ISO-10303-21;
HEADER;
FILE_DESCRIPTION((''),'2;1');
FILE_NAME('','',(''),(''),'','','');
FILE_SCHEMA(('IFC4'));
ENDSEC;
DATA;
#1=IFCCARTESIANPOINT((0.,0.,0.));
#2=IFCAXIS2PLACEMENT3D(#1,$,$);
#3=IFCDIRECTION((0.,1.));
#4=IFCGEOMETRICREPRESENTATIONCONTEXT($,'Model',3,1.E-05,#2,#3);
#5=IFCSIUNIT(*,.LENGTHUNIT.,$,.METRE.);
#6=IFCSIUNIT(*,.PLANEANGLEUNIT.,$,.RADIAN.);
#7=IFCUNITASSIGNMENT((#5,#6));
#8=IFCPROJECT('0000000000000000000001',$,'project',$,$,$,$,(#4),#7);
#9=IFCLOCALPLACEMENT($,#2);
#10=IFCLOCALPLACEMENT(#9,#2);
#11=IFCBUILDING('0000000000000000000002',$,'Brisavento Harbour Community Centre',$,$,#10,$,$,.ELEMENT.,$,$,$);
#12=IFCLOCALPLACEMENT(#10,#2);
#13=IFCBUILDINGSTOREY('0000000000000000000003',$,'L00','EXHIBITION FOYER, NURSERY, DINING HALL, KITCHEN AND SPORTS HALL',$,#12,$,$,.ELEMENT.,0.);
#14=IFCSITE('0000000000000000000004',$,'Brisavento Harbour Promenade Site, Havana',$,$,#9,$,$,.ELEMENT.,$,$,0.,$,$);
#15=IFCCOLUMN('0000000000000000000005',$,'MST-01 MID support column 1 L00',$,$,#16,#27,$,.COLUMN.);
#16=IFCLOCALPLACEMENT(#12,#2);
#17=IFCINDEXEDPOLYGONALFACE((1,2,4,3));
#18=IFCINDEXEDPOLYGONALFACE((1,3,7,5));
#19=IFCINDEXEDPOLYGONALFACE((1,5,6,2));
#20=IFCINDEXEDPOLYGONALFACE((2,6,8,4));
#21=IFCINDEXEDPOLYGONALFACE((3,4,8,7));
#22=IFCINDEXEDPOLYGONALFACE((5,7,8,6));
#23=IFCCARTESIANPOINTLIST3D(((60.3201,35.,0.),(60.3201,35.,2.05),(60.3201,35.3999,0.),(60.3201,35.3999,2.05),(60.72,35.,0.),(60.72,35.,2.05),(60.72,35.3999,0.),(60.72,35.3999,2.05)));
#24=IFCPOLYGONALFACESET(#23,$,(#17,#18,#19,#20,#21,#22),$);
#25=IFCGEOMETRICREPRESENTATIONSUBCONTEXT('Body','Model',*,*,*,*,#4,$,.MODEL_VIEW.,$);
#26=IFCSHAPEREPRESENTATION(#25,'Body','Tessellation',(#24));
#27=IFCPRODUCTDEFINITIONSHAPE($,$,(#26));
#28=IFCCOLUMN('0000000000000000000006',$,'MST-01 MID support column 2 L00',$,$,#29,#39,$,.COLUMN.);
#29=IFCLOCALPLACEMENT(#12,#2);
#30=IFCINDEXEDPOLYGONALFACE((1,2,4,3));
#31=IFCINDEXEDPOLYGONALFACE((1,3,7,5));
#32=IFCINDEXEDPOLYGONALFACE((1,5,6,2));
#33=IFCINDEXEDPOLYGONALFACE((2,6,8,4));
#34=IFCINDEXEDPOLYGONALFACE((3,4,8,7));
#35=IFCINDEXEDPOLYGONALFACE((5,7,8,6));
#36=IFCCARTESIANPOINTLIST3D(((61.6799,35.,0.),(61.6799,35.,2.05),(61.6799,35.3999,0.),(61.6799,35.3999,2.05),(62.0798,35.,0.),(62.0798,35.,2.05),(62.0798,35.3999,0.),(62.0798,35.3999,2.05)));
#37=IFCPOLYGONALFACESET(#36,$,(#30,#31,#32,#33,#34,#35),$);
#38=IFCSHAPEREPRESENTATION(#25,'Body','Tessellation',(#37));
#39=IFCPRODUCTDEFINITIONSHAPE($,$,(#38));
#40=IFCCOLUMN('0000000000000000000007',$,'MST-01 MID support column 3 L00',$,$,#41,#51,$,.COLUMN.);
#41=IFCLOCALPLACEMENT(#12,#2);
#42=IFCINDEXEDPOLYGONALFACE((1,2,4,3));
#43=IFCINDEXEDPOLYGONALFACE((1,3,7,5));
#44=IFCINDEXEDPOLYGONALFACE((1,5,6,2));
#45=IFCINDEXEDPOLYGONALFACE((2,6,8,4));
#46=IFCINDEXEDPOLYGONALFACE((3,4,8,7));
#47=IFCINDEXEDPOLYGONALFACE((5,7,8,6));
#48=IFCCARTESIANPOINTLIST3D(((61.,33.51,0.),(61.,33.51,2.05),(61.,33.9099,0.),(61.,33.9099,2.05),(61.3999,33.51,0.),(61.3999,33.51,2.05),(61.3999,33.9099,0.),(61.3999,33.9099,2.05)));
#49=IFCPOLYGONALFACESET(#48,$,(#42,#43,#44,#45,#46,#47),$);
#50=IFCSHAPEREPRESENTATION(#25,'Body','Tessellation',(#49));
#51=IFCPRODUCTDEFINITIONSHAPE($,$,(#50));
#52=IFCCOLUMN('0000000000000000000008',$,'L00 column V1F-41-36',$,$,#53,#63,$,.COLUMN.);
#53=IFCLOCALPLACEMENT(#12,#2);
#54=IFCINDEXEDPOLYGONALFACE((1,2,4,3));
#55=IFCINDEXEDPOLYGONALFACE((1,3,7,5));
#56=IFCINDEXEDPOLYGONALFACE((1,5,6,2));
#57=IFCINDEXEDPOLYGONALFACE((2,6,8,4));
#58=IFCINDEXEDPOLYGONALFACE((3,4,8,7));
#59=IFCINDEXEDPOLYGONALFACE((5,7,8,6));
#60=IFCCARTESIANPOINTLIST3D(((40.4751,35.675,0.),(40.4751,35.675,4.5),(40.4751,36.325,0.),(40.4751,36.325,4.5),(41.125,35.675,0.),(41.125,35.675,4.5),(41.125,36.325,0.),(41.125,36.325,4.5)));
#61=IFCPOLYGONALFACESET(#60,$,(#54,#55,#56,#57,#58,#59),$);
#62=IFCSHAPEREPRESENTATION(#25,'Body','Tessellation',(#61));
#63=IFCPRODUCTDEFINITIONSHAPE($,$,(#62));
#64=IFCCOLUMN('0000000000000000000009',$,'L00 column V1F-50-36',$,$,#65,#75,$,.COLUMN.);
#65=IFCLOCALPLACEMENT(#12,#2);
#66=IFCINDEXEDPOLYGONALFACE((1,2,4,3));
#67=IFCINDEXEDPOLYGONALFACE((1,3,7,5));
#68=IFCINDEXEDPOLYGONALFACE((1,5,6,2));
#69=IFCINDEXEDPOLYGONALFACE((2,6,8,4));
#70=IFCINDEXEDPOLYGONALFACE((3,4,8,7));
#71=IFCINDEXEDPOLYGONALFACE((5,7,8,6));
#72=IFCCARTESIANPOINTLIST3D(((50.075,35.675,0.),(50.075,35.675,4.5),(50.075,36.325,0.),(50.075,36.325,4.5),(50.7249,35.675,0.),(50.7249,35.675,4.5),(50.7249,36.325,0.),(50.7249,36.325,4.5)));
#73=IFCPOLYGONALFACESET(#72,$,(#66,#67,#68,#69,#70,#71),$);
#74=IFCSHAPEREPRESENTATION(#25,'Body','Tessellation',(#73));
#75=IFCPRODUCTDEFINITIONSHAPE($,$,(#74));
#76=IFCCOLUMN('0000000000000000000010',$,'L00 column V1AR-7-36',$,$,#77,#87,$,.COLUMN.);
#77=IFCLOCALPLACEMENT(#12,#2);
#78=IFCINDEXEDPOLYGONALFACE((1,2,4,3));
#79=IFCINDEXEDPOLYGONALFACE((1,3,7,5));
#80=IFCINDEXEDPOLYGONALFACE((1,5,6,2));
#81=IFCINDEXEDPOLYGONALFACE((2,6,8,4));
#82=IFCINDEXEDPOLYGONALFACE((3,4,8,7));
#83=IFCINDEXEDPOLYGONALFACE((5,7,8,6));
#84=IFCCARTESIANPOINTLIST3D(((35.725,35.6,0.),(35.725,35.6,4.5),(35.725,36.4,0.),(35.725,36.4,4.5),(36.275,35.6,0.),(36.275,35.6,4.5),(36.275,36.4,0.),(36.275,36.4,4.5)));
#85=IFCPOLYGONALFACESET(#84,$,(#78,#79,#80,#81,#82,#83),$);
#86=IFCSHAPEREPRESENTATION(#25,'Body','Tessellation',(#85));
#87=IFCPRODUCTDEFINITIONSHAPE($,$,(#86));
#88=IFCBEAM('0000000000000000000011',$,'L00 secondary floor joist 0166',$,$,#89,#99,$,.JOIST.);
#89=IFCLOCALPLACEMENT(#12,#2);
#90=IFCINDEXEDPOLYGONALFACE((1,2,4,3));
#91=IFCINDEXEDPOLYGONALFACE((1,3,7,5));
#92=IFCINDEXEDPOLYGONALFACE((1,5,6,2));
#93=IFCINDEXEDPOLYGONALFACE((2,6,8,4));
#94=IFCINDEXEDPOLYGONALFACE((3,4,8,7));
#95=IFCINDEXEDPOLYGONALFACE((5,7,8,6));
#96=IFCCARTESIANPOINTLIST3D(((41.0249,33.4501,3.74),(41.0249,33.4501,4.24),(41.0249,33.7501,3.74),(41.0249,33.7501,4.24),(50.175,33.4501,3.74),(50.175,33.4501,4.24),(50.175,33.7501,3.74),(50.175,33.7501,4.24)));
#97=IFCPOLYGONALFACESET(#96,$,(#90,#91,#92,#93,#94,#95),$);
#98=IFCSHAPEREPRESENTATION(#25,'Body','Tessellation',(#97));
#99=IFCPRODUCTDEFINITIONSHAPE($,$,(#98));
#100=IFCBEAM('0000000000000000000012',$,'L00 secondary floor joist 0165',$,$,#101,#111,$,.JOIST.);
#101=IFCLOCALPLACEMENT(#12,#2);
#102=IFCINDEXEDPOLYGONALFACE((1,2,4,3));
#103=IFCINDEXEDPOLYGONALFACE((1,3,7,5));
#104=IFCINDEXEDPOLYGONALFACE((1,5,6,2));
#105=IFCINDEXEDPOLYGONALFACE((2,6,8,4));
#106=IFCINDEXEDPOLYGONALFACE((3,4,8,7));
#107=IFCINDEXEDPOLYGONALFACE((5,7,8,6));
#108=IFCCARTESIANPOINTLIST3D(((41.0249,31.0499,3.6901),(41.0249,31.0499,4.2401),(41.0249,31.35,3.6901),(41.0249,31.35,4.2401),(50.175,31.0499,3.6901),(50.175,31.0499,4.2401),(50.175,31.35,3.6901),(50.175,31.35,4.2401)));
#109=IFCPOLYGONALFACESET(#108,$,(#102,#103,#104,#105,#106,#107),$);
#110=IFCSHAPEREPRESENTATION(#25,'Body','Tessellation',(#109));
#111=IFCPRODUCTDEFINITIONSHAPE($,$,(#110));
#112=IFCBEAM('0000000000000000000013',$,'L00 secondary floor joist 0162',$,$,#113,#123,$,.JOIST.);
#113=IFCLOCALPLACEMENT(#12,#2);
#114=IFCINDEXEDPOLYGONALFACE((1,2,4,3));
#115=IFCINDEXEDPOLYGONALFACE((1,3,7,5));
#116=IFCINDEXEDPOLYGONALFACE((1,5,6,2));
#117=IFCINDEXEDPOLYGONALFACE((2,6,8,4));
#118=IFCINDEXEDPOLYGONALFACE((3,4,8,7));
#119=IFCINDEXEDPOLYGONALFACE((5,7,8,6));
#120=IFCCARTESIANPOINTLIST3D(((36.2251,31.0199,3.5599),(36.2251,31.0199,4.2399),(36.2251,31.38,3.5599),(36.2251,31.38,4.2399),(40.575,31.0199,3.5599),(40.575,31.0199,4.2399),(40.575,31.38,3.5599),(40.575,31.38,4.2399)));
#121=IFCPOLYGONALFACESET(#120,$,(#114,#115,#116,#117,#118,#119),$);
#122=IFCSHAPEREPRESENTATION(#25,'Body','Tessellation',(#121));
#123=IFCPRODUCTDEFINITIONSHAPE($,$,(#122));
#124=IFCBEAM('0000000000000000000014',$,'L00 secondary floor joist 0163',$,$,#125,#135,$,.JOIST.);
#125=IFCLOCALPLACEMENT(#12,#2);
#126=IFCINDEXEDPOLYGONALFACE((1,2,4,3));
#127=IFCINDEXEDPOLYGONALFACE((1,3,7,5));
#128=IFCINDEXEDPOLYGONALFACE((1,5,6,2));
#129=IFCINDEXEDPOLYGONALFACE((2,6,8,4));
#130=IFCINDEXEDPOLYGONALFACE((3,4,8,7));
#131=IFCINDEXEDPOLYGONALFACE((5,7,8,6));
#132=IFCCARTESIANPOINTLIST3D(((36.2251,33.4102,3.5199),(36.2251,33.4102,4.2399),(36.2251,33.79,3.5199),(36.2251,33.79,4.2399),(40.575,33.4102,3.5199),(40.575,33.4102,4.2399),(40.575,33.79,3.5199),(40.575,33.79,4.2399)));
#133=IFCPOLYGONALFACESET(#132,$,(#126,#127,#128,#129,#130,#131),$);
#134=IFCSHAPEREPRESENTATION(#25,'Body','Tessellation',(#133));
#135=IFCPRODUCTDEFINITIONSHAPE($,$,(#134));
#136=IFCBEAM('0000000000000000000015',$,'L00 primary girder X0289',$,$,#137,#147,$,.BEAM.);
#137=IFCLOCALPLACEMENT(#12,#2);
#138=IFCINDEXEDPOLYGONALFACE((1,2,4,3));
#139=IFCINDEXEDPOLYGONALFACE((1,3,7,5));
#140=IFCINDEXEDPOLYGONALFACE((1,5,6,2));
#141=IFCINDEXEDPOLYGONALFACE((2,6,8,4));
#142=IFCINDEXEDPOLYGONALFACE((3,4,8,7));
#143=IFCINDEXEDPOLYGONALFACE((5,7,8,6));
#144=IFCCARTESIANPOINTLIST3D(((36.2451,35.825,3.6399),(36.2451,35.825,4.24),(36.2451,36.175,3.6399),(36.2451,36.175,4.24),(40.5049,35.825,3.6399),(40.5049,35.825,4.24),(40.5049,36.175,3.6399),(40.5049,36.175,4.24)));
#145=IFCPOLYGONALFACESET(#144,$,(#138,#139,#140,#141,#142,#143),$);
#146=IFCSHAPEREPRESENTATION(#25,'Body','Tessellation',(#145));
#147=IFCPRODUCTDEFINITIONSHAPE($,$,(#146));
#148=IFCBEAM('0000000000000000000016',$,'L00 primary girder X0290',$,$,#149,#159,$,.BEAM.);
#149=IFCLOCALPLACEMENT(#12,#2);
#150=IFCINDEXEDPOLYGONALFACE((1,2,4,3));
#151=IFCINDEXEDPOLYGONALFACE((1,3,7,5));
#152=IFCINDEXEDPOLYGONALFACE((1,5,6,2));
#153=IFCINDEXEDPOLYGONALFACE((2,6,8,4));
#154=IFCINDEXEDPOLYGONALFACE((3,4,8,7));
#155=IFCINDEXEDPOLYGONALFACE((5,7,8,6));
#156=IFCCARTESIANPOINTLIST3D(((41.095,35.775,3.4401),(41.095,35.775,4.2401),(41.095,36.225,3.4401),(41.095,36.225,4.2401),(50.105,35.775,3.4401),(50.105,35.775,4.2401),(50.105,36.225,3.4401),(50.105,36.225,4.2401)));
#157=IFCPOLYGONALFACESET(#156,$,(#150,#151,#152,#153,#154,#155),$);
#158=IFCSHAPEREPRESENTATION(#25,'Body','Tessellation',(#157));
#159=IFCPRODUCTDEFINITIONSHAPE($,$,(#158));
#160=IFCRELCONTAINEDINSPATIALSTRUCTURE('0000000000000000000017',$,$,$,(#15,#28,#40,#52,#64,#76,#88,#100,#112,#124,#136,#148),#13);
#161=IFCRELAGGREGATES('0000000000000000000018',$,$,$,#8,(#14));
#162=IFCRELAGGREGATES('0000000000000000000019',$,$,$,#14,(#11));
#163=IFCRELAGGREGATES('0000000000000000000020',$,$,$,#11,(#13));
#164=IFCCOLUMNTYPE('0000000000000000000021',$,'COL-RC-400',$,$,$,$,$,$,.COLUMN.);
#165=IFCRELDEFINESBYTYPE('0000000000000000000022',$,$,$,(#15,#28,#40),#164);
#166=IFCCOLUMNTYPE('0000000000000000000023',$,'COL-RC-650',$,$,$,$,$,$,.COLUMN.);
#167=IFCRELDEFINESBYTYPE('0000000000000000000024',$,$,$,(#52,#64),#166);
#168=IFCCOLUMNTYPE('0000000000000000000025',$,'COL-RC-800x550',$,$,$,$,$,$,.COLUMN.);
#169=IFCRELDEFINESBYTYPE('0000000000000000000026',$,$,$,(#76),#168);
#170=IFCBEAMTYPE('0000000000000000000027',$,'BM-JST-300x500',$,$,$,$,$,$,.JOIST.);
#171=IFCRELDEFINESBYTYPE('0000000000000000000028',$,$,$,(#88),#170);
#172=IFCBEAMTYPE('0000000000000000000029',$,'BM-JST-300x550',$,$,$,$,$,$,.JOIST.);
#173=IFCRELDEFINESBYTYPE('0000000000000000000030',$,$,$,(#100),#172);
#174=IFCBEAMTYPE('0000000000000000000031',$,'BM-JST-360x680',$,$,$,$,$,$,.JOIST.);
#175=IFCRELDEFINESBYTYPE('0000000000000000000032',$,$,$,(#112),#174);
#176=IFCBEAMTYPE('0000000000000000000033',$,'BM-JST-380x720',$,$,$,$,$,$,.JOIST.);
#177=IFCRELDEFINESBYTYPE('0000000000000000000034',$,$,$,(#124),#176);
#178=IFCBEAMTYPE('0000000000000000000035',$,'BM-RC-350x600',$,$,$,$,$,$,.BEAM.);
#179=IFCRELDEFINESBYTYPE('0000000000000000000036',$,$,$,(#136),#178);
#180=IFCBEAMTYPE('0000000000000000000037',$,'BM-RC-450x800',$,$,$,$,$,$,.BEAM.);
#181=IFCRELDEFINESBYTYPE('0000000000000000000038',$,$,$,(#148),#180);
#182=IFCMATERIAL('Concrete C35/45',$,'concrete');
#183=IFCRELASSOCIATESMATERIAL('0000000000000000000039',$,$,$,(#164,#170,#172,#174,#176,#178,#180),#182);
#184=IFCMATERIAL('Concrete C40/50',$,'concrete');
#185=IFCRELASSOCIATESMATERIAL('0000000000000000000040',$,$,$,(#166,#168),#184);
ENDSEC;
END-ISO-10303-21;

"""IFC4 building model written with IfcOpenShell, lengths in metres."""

from ifc_helpers import new_model, si_unit, direction, frame, origin, origin_2d, place, context, subcontext, project, spatial, rectangle, extrude, material, material_profile, profile_set, type_object, element, save


model = new_model("IFC4")

# Units and contexts
model_context = context("Model", 3, precision=1e-05, world=origin(), true_north=direction((0.0, 1.0)))
body_context = subcontext(model_context, "Body", "Model", "MODEL_VIEW")
ifc_project = project(units=[si_unit("LENGTHUNIT", "METRE"), si_unit("PLANEANGLEUNIT", "RADIAN")], contexts=[model_context])

# Site, building, storey
site_placement = place(None, origin())
site = spatial("IfcSite", under=ifc_project, at=site_placement, Name="Brisavento Harbour Promenade Site, Havana", CompositionType="ELEMENT", RefElevation=0.0)
building_placement = place(site_placement, origin())
building = spatial("IfcBuilding", under=site, at=building_placement, Name="Brisavento Harbour Community Centre", CompositionType="ELEMENT")
storey_placement = place(building_placement, origin())
storey = spatial("IfcBuildingStorey", under=building, at=storey_placement, Name="L00", Description="EXHIBITION FOYER, NURSERY, DINING HALL, KITCHEN AND SPORTS HALL", CompositionType="ELEMENT", Elevation=0.0)

# Columns
ifc_material_1 = material(Name="Concrete C35/45", Category="concrete")
ifc_material_profile_1 = material_profile(ifc_material_1, rectangle(XDim=0.3999, YDim=0.3999, at=origin_2d()), Name="Concrete C35/45")
ifc_profile_set_1 = profile_set([ifc_material_profile_1], Name="Concrete C35/45")
column_type_1 = type_object("IfcColumnType", Name="COL-RC-400", PredefinedType="COLUMN", material=ifc_profile_set_1)
for number, where, z_axis, x_axis, name in (
    (1, (60.52, 35.2, 0.0), (0.0, 0.0, 1.0), (1.0, 0.0, 0.0), "MST-01 MID support column 1 L00"),
    (2, (61.8799, 35.2, 0.0), (0.0, 0.0, 1.0), (1.0, 0.0, 0.0), "MST-01 MID support column 2 L00"),
    (3, (61.2, 33.71, 0.0), (0.0, 0.0, 1.0), (1.0, 0.0, 0.0), "MST-01 MID support column 3 L00"),
):
    element("IfcColumn", number, at=place(storey_placement, frame(where, z_axis=z_axis, x_axis=x_axis)), inside=storey, type_object=column_type_1, Name=name, PredefinedType="COLUMN", context=body_context, shape_type="SweptSolid", body=[
        extrude(rectangle(XDim=0.3999, YDim=0.3999, at=origin_2d()), origin(), (0.0, 0.0, 1.0), 2.05),
    ])
ifc_material_2 = material(Name="Concrete C40/50", Category="concrete")
ifc_material_profile_2 = material_profile(ifc_material_2, rectangle(XDim=0.6499, YDim=0.6499, at=origin_2d()), Name="Concrete C40/50")
ifc_profile_set_2 = profile_set([ifc_material_profile_2], Name="Concrete C40/50")
column_type_2 = type_object("IfcColumnType", Name="COL-RC-650", PredefinedType="COLUMN", material=ifc_profile_set_2)
for number, where, z_axis, x_axis, name in (
    (4, (40.8, 36.0, 0.0), (0.0, 0.0, 1.0), (1.0, 0.0, 0.0), "L00 column V1F-41-36"),
    (5, (50.3999, 36.0, 0.0), (0.0, 0.0, 1.0), (1.0, 0.0, 0.0), "L00 column V1F-50-36"),
):
    element("IfcColumn", number, at=place(storey_placement, frame(where, z_axis=z_axis, x_axis=x_axis)), inside=storey, type_object=column_type_2, Name=name, PredefinedType="COLUMN", context=body_context, shape_type="SweptSolid", body=[
        extrude(rectangle(XDim=0.6499, YDim=0.6499, at=origin_2d()), origin(), (0.0, 0.0, 1.0), 4.5),
    ])
ifc_material_profile_3 = material_profile(ifc_material_2, rectangle(XDim=0.55, YDim=0.8, at=origin_2d()), Name="Concrete C40/50")
ifc_profile_set_3 = profile_set([ifc_material_profile_3], Name="Concrete C40/50")
column_type_3 = type_object("IfcColumnType", Name="COL-RC-800x550", PredefinedType="COLUMN", material=ifc_profile_set_3)
column_placement = place(storey_placement, frame((36.0, 36.0, 0.0), z_axis=(0.0, 0.0, 1.0), x_axis=(1.0, 0.0, 0.0)))
element("IfcColumn", 6, at=column_placement, inside=storey, type_object=column_type_3, Name="L00 column V1AR-7-36", PredefinedType="COLUMN", context=body_context, shape_type="SweptSolid", body=[
    extrude(rectangle(XDim=0.55, YDim=0.8, at=origin_2d()), origin(), (0.0, 0.0, 1.0), 4.5),
])

# Beams
ifc_material_profile_4 = material_profile(ifc_material_1, rectangle(XDim=0.3, YDim=0.5, at=origin_2d()), Name="Concrete C35/45")
ifc_profile_set_4 = profile_set([ifc_material_profile_4], Name="Concrete C35/45")
beam_type_1 = type_object("IfcBeamType", Name="BM-JST-300x500", PredefinedType="JOIST", material=ifc_profile_set_4)
beam_1_placement = place(storey_placement, frame((41.0249, 33.6001, 3.99), z_axis=(1.0, 0.0, 0.0), x_axis=(0.0, 1.0, 0.0)))
element("IfcBeam", 7, at=beam_1_placement, inside=storey, type_object=beam_type_1, Name="L00 secondary floor joist 0166", PredefinedType="JOIST", context=body_context, shape_type="SweptSolid", body=[
    extrude(rectangle(XDim=0.3, YDim=0.5, at=origin_2d()), origin(), (0.0, 0.0, 1.0), 9.1501),
])
ifc_material_profile_5 = material_profile(ifc_material_1, rectangle(XDim=0.3, YDim=0.55, at=origin_2d()), Name="Concrete C35/45")
ifc_profile_set_5 = profile_set([ifc_material_profile_5], Name="Concrete C35/45")
beam_type_2 = type_object("IfcBeamType", Name="BM-JST-300x550", PredefinedType="JOIST", material=ifc_profile_set_5)
beam_2_placement = place(storey_placement, frame((41.0249, 31.2, 3.9651), z_axis=(1.0, 0.0, 0.0), x_axis=(0.0, 1.0, 0.0)))
element("IfcBeam", 8, at=beam_2_placement, inside=storey, type_object=beam_type_2, Name="L00 secondary floor joist 0165", PredefinedType="JOIST", context=body_context, shape_type="SweptSolid", body=[
    extrude(rectangle(XDim=0.3, YDim=0.55, at=origin_2d()), origin(), (0.0, 0.0, 1.0), 9.1501),
])
ifc_material_profile_6 = material_profile(ifc_material_1, rectangle(XDim=0.3601, YDim=0.6799, at=origin_2d()), Name="Concrete C35/45")
ifc_profile_set_6 = profile_set([ifc_material_profile_6], Name="Concrete C35/45")
beam_type_3 = type_object("IfcBeamType", Name="BM-JST-360x680", PredefinedType="JOIST", material=ifc_profile_set_6)
beam_3_placement = place(storey_placement, frame((36.2251, 31.2, 3.8999), z_axis=(1.0, 0.0, 0.0), x_axis=(0.0, 1.0, 0.0)))
element("IfcBeam", 9, at=beam_3_placement, inside=storey, type_object=beam_type_3, Name="L00 secondary floor joist 0162", PredefinedType="JOIST", context=body_context, shape_type="SweptSolid", body=[
    extrude(rectangle(XDim=0.3601, YDim=0.6799, at=origin_2d()), origin(), (0.0, 0.0, 1.0), 4.3499),
])
ifc_material_profile_7 = material_profile(ifc_material_1, rectangle(XDim=0.3799, YDim=0.72, at=origin_2d()), Name="Concrete C35/45")
ifc_profile_set_7 = profile_set([ifc_material_profile_7], Name="Concrete C35/45")
beam_type_4 = type_object("IfcBeamType", Name="BM-JST-380x720", PredefinedType="JOIST", material=ifc_profile_set_7)
beam_4_placement = place(storey_placement, frame((36.2251, 33.6001, 3.8799), z_axis=(1.0, 0.0, 0.0), x_axis=(0.0, 1.0, 0.0)))
element("IfcBeam", 10, at=beam_4_placement, inside=storey, type_object=beam_type_4, Name="L00 secondary floor joist 0163", PredefinedType="JOIST", context=body_context, shape_type="SweptSolid", body=[
    extrude(rectangle(XDim=0.3799, YDim=0.72, at=origin_2d()), origin(), (0.0, 0.0, 1.0), 4.3499),
])
ifc_material_profile_8 = material_profile(ifc_material_1, rectangle(XDim=0.3501, YDim=0.6001, at=origin_2d()), Name="Concrete C35/45")
ifc_profile_set_8 = profile_set([ifc_material_profile_8], Name="Concrete C35/45")
beam_type_5 = type_object("IfcBeamType", Name="BM-RC-350x600", PredefinedType="BEAM", material=ifc_profile_set_8)
beam_5_placement = place(storey_placement, frame((36.2451, 36.0, 3.9399), z_axis=(1.0, 0.0, 0.0), x_axis=(0.0, 1.0, 0.0)))
element("IfcBeam", 11, at=beam_5_placement, inside=storey, type_object=beam_type_5, Name="L00 primary girder X0289", PredefinedType="BEAM", context=body_context, shape_type="SweptSolid", body=[
    extrude(rectangle(XDim=0.3501, YDim=0.6001, at=origin_2d()), origin(), (0.0, 0.0, 1.0), 4.2598),
])
ifc_material_profile_9 = material_profile(ifc_material_1, rectangle(XDim=0.45, YDim=0.8, at=origin_2d()), Name="Concrete C35/45")
ifc_profile_set_9 = profile_set([ifc_material_profile_9], Name="Concrete C35/45")
beam_type_6 = type_object("IfcBeamType", Name="BM-RC-450x800", PredefinedType="BEAM", material=ifc_profile_set_9)
beam_6_placement = place(storey_placement, frame((41.095, 36.0, 3.8401), z_axis=(1.0, 0.0, 0.0), x_axis=(0.0, 1.0, 0.0)))
element("IfcBeam", 12, at=beam_6_placement, inside=storey, type_object=beam_type_6, Name="L00 primary girder X0290", PredefinedType="BEAM", context=body_context, shape_type="SweptSolid", body=[
    extrude(rectangle(XDim=0.45, YDim=0.8, at=origin_2d()), origin(), (0.0, 0.0, 1.0), 9.01),
])

save(model, "model.ifc")
